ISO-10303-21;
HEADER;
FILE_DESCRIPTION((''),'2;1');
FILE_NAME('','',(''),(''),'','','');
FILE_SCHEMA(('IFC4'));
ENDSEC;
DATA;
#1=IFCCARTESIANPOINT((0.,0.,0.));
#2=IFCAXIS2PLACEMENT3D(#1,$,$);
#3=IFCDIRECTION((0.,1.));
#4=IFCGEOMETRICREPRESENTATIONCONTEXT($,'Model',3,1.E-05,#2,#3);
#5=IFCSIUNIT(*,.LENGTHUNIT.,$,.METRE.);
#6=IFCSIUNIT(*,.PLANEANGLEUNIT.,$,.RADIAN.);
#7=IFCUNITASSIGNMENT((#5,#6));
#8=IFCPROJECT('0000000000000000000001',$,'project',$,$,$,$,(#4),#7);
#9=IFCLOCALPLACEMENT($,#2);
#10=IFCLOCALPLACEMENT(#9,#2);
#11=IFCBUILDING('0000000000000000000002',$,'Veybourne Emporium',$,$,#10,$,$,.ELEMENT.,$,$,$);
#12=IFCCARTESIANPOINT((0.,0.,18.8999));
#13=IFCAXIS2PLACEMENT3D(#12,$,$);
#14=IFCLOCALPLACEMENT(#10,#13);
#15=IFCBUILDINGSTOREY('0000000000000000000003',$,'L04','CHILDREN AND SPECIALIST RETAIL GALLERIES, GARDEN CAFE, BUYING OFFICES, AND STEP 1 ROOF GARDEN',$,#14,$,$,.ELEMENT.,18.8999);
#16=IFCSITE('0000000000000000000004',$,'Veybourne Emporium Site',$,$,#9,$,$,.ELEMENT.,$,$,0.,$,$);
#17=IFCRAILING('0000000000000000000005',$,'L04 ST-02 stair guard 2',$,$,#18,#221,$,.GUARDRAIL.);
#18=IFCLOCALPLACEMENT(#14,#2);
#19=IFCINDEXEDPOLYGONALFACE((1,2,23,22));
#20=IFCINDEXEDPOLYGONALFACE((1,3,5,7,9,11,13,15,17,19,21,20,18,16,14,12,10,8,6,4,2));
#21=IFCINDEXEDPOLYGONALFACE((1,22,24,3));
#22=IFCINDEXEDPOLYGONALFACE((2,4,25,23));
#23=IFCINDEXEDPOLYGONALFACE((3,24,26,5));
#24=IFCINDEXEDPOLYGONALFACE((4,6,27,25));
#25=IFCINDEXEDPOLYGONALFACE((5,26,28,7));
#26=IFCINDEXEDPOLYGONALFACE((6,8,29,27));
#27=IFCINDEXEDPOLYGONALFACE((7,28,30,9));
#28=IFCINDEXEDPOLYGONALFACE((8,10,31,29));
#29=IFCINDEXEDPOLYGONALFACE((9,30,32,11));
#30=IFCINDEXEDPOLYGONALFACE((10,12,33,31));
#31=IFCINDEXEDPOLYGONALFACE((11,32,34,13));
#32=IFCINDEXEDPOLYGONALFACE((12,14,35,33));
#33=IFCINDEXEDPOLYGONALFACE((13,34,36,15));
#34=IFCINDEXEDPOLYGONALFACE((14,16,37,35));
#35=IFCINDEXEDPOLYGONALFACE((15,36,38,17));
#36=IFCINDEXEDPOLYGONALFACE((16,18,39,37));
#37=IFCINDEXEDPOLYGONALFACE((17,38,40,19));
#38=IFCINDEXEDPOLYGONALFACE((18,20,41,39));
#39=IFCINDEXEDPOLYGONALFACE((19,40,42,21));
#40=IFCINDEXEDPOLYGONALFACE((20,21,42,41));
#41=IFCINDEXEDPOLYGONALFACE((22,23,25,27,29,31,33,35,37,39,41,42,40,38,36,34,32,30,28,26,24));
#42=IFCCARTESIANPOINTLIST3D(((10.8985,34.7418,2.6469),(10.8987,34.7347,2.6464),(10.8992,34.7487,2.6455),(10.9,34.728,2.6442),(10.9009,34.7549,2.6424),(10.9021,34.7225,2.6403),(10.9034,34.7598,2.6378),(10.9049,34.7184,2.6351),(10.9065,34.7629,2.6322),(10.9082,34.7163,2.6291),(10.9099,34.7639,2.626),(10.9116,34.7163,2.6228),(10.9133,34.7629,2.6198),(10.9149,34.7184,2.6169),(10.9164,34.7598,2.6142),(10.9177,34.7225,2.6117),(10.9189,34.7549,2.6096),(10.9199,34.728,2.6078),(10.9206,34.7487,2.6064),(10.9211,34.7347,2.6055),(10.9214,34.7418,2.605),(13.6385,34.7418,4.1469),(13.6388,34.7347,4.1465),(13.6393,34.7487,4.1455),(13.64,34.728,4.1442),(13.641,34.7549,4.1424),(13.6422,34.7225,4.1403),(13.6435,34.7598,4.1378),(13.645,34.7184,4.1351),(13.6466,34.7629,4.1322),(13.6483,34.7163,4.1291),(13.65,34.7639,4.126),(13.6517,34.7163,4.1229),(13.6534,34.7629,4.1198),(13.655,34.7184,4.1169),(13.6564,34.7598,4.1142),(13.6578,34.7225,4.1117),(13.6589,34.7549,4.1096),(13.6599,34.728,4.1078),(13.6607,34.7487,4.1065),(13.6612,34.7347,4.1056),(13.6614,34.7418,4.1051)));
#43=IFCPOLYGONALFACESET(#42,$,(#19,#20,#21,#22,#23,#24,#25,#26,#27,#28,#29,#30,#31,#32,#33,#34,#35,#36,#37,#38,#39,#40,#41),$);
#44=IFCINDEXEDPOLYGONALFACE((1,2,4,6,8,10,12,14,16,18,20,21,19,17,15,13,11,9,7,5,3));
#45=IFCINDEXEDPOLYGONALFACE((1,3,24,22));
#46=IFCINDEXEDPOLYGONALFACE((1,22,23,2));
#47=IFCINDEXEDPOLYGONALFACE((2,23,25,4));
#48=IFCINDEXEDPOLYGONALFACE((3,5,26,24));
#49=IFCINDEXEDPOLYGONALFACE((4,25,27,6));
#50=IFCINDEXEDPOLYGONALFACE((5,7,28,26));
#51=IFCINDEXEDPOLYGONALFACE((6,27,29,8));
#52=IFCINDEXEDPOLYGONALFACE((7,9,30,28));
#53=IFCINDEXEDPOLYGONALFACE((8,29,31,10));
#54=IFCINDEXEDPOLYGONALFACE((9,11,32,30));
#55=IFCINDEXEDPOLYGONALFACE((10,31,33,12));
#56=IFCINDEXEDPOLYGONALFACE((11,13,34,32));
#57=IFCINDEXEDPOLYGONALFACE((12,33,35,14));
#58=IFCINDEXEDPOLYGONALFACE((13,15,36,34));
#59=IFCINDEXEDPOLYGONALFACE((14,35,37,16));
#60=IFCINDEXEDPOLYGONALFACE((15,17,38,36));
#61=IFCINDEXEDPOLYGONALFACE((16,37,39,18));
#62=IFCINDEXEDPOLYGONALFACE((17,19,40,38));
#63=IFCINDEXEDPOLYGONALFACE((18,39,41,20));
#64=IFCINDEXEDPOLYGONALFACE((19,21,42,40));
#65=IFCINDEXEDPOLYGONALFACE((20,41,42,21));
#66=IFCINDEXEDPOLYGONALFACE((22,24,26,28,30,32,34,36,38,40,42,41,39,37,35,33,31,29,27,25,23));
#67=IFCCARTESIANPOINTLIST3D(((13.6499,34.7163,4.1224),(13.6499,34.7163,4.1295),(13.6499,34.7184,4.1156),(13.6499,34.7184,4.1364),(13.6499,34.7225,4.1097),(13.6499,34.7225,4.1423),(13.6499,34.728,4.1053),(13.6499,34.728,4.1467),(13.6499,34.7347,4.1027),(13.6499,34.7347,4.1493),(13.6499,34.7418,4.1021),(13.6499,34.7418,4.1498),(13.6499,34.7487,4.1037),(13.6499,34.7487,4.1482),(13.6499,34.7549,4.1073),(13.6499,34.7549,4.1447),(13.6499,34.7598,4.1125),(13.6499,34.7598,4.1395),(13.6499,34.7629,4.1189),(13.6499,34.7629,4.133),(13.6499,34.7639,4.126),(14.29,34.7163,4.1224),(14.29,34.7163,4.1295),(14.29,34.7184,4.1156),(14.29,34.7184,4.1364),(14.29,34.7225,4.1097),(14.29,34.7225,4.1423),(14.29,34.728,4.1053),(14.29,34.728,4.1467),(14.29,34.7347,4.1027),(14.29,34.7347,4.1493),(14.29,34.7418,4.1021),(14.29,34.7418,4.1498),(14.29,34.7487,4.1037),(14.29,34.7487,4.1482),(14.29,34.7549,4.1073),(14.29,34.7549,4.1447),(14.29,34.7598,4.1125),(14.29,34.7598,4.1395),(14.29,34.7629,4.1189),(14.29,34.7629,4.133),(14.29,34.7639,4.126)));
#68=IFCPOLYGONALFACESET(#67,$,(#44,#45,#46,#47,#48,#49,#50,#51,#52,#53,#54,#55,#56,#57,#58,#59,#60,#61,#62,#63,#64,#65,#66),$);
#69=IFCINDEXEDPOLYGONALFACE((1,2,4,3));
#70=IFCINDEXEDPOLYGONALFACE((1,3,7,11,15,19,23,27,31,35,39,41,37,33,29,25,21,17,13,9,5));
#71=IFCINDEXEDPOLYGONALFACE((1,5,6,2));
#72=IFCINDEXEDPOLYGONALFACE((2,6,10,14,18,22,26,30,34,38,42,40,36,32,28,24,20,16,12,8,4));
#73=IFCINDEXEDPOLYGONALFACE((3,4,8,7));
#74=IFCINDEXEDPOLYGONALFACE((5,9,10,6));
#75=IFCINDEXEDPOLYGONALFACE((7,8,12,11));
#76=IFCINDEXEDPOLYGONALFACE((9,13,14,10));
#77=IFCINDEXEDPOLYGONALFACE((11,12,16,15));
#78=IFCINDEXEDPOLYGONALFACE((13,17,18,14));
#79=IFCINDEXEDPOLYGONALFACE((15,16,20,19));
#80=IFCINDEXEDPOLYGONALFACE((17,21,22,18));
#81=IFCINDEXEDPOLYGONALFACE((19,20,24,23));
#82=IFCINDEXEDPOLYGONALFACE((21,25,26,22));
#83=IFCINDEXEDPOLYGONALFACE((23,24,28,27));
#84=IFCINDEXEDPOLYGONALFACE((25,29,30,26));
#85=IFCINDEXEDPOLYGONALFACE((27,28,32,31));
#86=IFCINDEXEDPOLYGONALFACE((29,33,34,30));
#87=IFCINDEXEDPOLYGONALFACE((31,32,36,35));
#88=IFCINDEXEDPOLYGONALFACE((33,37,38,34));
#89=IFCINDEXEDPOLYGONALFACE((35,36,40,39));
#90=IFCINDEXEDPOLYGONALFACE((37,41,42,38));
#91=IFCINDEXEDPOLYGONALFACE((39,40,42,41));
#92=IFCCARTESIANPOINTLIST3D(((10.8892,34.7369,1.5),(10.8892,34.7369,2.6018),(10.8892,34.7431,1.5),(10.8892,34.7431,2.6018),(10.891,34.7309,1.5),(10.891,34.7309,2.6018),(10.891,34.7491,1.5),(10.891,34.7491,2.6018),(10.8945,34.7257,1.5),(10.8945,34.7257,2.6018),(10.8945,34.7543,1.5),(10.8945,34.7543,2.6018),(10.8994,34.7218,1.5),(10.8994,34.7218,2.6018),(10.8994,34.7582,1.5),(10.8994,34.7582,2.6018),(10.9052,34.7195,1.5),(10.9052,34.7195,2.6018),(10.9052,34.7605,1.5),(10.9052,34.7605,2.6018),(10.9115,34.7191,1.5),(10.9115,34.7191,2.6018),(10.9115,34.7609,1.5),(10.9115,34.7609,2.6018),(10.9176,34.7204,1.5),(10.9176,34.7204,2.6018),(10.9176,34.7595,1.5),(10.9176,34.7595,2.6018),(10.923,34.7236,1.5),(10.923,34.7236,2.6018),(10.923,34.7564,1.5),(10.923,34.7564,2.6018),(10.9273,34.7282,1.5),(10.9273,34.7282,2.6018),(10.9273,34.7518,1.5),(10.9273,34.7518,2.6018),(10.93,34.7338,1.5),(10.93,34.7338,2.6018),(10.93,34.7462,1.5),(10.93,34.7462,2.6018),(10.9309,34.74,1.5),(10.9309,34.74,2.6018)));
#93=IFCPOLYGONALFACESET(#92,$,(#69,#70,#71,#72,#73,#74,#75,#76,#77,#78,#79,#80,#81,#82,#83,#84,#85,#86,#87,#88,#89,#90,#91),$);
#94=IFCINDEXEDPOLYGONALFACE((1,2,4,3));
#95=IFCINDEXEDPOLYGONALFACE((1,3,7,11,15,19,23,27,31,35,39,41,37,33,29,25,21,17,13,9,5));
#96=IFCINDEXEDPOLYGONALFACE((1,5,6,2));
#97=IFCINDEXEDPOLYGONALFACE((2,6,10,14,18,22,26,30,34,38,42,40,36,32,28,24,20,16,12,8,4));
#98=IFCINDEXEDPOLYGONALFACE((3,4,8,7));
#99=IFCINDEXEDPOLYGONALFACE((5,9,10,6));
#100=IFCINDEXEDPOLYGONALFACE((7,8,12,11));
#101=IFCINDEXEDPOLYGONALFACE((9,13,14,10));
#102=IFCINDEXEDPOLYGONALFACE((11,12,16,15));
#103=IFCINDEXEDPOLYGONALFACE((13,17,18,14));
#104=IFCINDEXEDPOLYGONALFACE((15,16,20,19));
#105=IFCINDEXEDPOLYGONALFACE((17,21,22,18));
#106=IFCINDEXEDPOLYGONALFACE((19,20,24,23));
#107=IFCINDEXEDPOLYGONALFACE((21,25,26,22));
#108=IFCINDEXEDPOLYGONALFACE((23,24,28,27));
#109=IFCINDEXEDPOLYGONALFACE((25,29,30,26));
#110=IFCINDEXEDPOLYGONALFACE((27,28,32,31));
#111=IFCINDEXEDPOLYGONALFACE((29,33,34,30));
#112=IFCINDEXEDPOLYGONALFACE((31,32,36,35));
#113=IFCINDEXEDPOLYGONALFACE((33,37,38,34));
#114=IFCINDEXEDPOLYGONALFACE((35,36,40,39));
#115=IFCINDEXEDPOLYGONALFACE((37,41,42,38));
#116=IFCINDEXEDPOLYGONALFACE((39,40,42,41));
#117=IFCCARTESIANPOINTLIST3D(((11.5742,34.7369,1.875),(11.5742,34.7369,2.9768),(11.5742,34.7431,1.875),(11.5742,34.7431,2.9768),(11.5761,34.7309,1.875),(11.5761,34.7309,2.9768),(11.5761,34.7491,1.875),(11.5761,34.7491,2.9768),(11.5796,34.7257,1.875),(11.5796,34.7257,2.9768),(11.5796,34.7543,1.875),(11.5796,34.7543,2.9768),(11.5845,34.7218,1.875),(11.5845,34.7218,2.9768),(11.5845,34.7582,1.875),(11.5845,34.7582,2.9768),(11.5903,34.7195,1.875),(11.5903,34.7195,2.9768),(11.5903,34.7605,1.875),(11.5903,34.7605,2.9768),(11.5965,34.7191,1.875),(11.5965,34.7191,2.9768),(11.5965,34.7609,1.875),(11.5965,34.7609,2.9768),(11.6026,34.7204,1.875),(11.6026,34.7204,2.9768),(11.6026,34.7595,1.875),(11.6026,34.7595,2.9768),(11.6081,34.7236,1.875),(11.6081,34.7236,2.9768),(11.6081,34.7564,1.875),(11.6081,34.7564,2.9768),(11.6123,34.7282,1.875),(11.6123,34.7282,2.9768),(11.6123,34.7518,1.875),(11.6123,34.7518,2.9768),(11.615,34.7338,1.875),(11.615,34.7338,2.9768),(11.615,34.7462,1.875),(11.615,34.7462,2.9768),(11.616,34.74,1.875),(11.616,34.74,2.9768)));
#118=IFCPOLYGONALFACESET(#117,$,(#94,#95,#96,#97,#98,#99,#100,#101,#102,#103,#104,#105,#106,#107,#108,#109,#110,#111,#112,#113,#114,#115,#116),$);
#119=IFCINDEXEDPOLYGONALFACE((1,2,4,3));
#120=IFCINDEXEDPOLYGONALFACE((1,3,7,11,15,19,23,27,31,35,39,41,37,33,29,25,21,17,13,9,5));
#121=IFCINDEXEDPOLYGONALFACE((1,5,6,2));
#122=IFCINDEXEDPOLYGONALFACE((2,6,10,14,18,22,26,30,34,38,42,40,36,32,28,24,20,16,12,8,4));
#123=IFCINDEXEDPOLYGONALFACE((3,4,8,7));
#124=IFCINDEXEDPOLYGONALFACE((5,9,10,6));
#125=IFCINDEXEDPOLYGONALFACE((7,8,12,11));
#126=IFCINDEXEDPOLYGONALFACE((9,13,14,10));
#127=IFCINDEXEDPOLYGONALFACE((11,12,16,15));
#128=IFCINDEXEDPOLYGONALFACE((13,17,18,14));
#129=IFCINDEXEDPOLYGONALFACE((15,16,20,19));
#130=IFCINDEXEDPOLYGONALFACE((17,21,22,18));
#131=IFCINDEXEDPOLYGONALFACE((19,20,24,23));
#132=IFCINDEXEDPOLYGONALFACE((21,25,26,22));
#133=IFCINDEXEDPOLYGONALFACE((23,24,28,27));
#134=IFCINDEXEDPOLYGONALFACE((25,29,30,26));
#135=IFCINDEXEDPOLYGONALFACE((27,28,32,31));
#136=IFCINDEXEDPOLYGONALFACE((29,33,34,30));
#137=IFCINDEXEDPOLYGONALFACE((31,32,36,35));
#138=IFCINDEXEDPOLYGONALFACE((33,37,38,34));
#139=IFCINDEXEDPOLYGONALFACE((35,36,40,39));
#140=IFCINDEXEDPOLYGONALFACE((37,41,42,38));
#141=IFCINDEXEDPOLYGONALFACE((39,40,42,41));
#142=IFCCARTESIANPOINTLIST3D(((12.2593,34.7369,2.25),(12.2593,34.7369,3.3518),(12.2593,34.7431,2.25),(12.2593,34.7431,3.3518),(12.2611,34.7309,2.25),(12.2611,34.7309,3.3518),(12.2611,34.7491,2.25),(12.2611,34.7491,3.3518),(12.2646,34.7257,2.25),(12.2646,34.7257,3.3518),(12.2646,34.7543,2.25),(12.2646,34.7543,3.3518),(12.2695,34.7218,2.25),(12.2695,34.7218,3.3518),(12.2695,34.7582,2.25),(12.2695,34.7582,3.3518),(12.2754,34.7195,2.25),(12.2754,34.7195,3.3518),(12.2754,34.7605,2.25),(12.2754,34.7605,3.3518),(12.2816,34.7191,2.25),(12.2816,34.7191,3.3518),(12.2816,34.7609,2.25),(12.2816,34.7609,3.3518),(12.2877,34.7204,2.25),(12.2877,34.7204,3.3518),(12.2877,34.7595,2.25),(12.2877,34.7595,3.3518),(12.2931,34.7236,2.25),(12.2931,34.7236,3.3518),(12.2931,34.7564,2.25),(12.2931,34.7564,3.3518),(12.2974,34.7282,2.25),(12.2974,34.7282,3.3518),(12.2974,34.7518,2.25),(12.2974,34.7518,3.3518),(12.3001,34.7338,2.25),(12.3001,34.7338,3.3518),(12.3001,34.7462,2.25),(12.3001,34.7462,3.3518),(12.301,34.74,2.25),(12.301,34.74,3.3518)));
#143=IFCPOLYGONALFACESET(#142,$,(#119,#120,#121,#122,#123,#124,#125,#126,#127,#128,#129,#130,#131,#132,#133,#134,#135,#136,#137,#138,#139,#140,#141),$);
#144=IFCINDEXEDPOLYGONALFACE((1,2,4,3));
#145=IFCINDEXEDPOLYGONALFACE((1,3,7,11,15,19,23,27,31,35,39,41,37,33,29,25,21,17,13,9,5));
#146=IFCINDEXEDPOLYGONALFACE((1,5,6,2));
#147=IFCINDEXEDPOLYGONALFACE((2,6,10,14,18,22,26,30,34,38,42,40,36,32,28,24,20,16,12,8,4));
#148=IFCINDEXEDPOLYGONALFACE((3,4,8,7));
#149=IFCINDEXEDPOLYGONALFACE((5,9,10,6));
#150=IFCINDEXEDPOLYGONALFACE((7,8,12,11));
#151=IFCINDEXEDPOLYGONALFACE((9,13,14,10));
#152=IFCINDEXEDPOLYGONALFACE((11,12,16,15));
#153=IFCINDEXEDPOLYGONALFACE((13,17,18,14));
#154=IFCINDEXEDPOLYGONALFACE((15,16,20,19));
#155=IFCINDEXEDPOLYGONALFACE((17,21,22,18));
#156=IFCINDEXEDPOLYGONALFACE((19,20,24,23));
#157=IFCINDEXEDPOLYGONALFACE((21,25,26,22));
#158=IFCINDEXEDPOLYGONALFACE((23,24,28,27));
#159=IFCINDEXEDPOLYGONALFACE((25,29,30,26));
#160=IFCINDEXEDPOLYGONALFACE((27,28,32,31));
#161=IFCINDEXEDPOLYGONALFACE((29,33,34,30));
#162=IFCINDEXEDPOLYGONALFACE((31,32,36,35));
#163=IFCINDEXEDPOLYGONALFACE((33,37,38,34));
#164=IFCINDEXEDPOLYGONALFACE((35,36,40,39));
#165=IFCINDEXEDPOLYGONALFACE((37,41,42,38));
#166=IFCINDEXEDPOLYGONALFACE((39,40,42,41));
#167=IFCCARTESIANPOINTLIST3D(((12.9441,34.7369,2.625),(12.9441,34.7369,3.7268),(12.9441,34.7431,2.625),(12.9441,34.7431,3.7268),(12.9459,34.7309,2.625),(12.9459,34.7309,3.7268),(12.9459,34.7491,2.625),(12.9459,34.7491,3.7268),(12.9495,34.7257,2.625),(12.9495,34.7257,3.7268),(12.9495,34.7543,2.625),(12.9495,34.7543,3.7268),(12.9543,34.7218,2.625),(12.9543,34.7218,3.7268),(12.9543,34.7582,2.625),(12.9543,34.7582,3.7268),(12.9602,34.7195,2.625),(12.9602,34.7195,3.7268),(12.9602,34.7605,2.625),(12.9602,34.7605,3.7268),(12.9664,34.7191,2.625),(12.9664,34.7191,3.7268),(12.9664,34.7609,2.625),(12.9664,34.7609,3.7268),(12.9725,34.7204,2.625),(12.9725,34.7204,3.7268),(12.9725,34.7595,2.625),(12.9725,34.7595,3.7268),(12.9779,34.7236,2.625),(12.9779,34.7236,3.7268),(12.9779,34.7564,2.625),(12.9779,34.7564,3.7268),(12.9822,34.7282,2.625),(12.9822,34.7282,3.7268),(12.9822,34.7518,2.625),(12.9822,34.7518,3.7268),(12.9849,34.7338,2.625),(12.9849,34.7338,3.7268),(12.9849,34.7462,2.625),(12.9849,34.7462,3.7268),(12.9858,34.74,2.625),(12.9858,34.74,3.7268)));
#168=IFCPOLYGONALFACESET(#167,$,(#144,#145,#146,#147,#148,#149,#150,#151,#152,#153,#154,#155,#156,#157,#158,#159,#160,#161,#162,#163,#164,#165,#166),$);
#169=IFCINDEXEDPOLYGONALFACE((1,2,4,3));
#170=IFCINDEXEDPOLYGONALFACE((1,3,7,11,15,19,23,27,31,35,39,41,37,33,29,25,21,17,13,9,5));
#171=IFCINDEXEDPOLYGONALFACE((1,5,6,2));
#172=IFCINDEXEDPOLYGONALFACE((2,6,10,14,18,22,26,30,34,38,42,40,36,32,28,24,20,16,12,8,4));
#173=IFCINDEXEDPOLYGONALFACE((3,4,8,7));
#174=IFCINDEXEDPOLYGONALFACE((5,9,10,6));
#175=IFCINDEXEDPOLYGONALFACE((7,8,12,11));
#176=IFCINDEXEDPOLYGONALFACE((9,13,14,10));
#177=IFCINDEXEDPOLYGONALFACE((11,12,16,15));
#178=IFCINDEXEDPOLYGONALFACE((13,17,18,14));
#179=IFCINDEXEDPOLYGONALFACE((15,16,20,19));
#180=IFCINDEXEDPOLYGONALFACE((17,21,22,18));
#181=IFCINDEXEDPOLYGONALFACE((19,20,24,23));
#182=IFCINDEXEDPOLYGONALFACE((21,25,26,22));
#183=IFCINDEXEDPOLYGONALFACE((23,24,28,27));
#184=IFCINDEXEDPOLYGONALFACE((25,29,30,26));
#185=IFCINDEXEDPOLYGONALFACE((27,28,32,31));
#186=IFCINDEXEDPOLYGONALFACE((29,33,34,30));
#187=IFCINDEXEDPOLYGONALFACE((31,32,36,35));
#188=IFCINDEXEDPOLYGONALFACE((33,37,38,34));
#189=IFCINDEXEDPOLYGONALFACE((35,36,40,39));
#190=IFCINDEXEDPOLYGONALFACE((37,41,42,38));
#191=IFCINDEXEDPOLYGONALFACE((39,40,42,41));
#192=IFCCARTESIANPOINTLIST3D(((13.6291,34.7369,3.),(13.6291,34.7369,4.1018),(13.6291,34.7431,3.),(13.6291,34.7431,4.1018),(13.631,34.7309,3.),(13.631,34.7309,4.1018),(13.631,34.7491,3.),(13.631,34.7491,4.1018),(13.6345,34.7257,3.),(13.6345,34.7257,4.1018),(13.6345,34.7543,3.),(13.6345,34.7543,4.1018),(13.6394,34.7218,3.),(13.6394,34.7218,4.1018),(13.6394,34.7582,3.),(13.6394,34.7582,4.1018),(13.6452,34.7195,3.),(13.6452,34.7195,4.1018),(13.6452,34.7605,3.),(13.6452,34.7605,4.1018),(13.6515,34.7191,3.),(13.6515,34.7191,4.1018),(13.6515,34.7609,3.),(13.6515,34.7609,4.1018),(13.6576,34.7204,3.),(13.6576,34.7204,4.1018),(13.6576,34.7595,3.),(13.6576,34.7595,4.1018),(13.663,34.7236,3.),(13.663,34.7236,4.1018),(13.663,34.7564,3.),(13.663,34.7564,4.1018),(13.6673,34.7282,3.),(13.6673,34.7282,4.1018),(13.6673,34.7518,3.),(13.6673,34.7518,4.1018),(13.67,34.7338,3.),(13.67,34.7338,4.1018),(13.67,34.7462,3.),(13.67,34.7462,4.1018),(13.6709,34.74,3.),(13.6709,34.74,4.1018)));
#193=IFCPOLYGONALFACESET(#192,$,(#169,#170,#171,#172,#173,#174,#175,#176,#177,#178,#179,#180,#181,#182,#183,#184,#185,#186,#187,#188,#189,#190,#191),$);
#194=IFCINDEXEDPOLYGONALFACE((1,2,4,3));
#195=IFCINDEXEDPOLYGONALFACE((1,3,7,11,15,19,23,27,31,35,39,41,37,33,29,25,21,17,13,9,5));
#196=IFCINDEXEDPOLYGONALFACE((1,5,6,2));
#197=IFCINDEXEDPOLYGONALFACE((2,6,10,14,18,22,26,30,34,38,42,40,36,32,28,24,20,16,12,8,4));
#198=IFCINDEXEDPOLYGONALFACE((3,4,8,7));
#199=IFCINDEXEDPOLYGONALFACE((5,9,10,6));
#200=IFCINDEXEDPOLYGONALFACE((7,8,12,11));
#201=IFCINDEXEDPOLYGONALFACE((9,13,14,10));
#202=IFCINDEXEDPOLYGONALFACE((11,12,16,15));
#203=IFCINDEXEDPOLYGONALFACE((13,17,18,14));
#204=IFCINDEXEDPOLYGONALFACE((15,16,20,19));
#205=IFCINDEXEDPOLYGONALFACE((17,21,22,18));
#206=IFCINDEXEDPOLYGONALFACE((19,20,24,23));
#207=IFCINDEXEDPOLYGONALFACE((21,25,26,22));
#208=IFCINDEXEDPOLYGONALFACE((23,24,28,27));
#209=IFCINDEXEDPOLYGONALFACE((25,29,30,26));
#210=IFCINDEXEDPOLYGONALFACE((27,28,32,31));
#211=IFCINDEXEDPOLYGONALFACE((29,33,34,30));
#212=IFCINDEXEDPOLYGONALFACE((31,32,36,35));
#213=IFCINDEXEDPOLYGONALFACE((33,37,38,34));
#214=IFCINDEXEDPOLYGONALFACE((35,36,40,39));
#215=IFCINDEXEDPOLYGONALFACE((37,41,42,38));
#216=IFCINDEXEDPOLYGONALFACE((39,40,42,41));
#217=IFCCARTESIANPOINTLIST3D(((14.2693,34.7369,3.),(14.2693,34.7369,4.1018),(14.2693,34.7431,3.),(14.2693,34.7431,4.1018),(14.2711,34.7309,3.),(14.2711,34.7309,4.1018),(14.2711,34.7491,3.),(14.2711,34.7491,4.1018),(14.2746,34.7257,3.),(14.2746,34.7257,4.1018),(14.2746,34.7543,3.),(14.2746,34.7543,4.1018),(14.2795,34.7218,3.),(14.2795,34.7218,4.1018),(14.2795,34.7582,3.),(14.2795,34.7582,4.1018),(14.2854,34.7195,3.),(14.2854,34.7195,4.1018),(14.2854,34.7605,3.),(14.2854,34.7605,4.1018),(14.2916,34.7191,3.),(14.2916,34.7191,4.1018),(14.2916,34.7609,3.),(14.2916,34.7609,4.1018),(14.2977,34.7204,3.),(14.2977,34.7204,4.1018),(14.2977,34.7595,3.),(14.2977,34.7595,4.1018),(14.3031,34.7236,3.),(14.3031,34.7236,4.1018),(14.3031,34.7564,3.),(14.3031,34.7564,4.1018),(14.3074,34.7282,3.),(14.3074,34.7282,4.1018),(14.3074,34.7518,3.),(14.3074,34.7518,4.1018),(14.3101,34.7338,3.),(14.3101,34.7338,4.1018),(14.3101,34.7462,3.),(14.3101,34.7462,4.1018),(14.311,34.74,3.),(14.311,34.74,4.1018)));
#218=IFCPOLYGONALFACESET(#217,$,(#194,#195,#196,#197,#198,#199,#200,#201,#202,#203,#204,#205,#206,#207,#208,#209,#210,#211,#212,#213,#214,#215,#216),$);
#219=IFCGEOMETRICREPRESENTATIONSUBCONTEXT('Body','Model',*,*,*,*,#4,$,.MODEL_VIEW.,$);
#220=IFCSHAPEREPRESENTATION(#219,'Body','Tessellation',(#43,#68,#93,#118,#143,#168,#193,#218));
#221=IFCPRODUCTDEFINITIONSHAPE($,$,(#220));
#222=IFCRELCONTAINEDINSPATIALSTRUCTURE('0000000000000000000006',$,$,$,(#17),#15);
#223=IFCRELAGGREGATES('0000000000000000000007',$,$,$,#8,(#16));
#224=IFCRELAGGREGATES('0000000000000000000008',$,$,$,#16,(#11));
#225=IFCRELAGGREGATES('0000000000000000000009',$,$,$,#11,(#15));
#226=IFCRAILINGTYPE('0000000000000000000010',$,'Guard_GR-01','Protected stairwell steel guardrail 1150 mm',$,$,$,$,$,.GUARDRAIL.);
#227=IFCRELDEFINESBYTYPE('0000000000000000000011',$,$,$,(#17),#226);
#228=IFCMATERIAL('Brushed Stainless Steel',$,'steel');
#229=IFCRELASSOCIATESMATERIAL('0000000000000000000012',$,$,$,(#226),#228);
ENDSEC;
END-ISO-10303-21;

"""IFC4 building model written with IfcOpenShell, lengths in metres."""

from ifc_helpers import new_model, si_unit, direction, frame, origin, origin_2d, place, context, subcontext, project, spatial, circle, extrude, material, type_object, element, save


model = new_model("IFC4")

# Units and contexts
model_context = context("Model", 3, precision=1e-05, world=origin(), true_north=direction((0.0, 1.0)))
body_context = subcontext(model_context, "Body", "Model", "MODEL_VIEW")
ifc_project = project(units=[si_unit("LENGTHUNIT", "METRE"), si_unit("PLANEANGLEUNIT", "RADIAN")], contexts=[model_context])

# Site, building, storey
site_placement = place(None, origin())
site = spatial("IfcSite", under=ifc_project, at=site_placement, Name="Veybourne Emporium Site", CompositionType="ELEMENT", RefElevation=0.0)
building_placement = place(site_placement, origin())
building = spatial("IfcBuilding", under=site, at=building_placement, Name="Veybourne Emporium", CompositionType="ELEMENT")
storey_placement = place(building_placement, frame((0.0, 0.0, 18.8999)))
storey = spatial("IfcBuildingStorey", under=building, at=storey_placement, Name="L04", Description="CHILDREN AND SPECIALIST RETAIL GALLERIES, GARDEN CAFE, BUYING OFFICES, AND STEP 1 ROOF GARDEN", CompositionType="ELEMENT", Elevation=18.8999)

# Railing
ifc_material_1 = material(Name="Brushed Stainless Steel", Category="steel")
railing_type_1 = type_object("IfcRailingType", Name="Guard_GR-01", Description="Protected stairwell steel guardrail 1150 mm", PredefinedType="GUARDRAIL", material=ifc_material_1)
railing_1_placement = place(storey_placement, frame((10.9099, 34.74, 1.5)))
element("IfcRailing", 1, at=railing_1_placement, inside=storey, type_object=railing_type_1, Name="L04 ST-02 stair guard 2", PredefinedType="GUARDRAIL", context=body_context, shape_type="SweptSolid", body=[
    extrude(circle(Radius=0.0239, at=origin_2d()), frame((0.0, 0.0, 1.126), z_axis=(0.87716, 0.0, 0.480199), x_axis=(0.0, 1.0, 0.0)), (0.0, 0.0, 1.0), 3.1238),
    extrude(circle(Radius=0.0239, at=origin_2d()), frame((2.74, 0.0, 2.626), z_axis=(1.0, 0.0, 0.0), x_axis=(0.0, 1.0, 0.0)), (0.0, 0.0, 1.0), 0.6401),
    extrude(circle(Radius=0.021, at=origin_2d()), origin(), (0.0, 0.0, 1.0), 1.1018),
    extrude(circle(Radius=0.021, at=origin_2d()), frame((0.6851, 0.0, 0.375)), (0.0, 0.0, 1.0), 1.1018),
    extrude(circle(Radius=0.021, at=origin_2d()), frame((1.3701, 0.0, 0.75)), (0.0, 0.0, 1.0), 1.1018),
    extrude(circle(Radius=0.021, at=origin_2d()), frame((2.0549, 0.0, 1.125)), (0.0, 0.0, 1.0), 1.1018),
    extrude(circle(Radius=0.021, at=origin_2d()), frame((2.74, 0.0, 1.5)), (0.0, 0.0, 1.0), 1.1018),
    extrude(circle(Radius=0.021, at=origin_2d()), frame((3.3801, 0.0, 1.5)), (0.0, 0.0, 1.0), 1.1018),
])

save(model, "model.ifc")
